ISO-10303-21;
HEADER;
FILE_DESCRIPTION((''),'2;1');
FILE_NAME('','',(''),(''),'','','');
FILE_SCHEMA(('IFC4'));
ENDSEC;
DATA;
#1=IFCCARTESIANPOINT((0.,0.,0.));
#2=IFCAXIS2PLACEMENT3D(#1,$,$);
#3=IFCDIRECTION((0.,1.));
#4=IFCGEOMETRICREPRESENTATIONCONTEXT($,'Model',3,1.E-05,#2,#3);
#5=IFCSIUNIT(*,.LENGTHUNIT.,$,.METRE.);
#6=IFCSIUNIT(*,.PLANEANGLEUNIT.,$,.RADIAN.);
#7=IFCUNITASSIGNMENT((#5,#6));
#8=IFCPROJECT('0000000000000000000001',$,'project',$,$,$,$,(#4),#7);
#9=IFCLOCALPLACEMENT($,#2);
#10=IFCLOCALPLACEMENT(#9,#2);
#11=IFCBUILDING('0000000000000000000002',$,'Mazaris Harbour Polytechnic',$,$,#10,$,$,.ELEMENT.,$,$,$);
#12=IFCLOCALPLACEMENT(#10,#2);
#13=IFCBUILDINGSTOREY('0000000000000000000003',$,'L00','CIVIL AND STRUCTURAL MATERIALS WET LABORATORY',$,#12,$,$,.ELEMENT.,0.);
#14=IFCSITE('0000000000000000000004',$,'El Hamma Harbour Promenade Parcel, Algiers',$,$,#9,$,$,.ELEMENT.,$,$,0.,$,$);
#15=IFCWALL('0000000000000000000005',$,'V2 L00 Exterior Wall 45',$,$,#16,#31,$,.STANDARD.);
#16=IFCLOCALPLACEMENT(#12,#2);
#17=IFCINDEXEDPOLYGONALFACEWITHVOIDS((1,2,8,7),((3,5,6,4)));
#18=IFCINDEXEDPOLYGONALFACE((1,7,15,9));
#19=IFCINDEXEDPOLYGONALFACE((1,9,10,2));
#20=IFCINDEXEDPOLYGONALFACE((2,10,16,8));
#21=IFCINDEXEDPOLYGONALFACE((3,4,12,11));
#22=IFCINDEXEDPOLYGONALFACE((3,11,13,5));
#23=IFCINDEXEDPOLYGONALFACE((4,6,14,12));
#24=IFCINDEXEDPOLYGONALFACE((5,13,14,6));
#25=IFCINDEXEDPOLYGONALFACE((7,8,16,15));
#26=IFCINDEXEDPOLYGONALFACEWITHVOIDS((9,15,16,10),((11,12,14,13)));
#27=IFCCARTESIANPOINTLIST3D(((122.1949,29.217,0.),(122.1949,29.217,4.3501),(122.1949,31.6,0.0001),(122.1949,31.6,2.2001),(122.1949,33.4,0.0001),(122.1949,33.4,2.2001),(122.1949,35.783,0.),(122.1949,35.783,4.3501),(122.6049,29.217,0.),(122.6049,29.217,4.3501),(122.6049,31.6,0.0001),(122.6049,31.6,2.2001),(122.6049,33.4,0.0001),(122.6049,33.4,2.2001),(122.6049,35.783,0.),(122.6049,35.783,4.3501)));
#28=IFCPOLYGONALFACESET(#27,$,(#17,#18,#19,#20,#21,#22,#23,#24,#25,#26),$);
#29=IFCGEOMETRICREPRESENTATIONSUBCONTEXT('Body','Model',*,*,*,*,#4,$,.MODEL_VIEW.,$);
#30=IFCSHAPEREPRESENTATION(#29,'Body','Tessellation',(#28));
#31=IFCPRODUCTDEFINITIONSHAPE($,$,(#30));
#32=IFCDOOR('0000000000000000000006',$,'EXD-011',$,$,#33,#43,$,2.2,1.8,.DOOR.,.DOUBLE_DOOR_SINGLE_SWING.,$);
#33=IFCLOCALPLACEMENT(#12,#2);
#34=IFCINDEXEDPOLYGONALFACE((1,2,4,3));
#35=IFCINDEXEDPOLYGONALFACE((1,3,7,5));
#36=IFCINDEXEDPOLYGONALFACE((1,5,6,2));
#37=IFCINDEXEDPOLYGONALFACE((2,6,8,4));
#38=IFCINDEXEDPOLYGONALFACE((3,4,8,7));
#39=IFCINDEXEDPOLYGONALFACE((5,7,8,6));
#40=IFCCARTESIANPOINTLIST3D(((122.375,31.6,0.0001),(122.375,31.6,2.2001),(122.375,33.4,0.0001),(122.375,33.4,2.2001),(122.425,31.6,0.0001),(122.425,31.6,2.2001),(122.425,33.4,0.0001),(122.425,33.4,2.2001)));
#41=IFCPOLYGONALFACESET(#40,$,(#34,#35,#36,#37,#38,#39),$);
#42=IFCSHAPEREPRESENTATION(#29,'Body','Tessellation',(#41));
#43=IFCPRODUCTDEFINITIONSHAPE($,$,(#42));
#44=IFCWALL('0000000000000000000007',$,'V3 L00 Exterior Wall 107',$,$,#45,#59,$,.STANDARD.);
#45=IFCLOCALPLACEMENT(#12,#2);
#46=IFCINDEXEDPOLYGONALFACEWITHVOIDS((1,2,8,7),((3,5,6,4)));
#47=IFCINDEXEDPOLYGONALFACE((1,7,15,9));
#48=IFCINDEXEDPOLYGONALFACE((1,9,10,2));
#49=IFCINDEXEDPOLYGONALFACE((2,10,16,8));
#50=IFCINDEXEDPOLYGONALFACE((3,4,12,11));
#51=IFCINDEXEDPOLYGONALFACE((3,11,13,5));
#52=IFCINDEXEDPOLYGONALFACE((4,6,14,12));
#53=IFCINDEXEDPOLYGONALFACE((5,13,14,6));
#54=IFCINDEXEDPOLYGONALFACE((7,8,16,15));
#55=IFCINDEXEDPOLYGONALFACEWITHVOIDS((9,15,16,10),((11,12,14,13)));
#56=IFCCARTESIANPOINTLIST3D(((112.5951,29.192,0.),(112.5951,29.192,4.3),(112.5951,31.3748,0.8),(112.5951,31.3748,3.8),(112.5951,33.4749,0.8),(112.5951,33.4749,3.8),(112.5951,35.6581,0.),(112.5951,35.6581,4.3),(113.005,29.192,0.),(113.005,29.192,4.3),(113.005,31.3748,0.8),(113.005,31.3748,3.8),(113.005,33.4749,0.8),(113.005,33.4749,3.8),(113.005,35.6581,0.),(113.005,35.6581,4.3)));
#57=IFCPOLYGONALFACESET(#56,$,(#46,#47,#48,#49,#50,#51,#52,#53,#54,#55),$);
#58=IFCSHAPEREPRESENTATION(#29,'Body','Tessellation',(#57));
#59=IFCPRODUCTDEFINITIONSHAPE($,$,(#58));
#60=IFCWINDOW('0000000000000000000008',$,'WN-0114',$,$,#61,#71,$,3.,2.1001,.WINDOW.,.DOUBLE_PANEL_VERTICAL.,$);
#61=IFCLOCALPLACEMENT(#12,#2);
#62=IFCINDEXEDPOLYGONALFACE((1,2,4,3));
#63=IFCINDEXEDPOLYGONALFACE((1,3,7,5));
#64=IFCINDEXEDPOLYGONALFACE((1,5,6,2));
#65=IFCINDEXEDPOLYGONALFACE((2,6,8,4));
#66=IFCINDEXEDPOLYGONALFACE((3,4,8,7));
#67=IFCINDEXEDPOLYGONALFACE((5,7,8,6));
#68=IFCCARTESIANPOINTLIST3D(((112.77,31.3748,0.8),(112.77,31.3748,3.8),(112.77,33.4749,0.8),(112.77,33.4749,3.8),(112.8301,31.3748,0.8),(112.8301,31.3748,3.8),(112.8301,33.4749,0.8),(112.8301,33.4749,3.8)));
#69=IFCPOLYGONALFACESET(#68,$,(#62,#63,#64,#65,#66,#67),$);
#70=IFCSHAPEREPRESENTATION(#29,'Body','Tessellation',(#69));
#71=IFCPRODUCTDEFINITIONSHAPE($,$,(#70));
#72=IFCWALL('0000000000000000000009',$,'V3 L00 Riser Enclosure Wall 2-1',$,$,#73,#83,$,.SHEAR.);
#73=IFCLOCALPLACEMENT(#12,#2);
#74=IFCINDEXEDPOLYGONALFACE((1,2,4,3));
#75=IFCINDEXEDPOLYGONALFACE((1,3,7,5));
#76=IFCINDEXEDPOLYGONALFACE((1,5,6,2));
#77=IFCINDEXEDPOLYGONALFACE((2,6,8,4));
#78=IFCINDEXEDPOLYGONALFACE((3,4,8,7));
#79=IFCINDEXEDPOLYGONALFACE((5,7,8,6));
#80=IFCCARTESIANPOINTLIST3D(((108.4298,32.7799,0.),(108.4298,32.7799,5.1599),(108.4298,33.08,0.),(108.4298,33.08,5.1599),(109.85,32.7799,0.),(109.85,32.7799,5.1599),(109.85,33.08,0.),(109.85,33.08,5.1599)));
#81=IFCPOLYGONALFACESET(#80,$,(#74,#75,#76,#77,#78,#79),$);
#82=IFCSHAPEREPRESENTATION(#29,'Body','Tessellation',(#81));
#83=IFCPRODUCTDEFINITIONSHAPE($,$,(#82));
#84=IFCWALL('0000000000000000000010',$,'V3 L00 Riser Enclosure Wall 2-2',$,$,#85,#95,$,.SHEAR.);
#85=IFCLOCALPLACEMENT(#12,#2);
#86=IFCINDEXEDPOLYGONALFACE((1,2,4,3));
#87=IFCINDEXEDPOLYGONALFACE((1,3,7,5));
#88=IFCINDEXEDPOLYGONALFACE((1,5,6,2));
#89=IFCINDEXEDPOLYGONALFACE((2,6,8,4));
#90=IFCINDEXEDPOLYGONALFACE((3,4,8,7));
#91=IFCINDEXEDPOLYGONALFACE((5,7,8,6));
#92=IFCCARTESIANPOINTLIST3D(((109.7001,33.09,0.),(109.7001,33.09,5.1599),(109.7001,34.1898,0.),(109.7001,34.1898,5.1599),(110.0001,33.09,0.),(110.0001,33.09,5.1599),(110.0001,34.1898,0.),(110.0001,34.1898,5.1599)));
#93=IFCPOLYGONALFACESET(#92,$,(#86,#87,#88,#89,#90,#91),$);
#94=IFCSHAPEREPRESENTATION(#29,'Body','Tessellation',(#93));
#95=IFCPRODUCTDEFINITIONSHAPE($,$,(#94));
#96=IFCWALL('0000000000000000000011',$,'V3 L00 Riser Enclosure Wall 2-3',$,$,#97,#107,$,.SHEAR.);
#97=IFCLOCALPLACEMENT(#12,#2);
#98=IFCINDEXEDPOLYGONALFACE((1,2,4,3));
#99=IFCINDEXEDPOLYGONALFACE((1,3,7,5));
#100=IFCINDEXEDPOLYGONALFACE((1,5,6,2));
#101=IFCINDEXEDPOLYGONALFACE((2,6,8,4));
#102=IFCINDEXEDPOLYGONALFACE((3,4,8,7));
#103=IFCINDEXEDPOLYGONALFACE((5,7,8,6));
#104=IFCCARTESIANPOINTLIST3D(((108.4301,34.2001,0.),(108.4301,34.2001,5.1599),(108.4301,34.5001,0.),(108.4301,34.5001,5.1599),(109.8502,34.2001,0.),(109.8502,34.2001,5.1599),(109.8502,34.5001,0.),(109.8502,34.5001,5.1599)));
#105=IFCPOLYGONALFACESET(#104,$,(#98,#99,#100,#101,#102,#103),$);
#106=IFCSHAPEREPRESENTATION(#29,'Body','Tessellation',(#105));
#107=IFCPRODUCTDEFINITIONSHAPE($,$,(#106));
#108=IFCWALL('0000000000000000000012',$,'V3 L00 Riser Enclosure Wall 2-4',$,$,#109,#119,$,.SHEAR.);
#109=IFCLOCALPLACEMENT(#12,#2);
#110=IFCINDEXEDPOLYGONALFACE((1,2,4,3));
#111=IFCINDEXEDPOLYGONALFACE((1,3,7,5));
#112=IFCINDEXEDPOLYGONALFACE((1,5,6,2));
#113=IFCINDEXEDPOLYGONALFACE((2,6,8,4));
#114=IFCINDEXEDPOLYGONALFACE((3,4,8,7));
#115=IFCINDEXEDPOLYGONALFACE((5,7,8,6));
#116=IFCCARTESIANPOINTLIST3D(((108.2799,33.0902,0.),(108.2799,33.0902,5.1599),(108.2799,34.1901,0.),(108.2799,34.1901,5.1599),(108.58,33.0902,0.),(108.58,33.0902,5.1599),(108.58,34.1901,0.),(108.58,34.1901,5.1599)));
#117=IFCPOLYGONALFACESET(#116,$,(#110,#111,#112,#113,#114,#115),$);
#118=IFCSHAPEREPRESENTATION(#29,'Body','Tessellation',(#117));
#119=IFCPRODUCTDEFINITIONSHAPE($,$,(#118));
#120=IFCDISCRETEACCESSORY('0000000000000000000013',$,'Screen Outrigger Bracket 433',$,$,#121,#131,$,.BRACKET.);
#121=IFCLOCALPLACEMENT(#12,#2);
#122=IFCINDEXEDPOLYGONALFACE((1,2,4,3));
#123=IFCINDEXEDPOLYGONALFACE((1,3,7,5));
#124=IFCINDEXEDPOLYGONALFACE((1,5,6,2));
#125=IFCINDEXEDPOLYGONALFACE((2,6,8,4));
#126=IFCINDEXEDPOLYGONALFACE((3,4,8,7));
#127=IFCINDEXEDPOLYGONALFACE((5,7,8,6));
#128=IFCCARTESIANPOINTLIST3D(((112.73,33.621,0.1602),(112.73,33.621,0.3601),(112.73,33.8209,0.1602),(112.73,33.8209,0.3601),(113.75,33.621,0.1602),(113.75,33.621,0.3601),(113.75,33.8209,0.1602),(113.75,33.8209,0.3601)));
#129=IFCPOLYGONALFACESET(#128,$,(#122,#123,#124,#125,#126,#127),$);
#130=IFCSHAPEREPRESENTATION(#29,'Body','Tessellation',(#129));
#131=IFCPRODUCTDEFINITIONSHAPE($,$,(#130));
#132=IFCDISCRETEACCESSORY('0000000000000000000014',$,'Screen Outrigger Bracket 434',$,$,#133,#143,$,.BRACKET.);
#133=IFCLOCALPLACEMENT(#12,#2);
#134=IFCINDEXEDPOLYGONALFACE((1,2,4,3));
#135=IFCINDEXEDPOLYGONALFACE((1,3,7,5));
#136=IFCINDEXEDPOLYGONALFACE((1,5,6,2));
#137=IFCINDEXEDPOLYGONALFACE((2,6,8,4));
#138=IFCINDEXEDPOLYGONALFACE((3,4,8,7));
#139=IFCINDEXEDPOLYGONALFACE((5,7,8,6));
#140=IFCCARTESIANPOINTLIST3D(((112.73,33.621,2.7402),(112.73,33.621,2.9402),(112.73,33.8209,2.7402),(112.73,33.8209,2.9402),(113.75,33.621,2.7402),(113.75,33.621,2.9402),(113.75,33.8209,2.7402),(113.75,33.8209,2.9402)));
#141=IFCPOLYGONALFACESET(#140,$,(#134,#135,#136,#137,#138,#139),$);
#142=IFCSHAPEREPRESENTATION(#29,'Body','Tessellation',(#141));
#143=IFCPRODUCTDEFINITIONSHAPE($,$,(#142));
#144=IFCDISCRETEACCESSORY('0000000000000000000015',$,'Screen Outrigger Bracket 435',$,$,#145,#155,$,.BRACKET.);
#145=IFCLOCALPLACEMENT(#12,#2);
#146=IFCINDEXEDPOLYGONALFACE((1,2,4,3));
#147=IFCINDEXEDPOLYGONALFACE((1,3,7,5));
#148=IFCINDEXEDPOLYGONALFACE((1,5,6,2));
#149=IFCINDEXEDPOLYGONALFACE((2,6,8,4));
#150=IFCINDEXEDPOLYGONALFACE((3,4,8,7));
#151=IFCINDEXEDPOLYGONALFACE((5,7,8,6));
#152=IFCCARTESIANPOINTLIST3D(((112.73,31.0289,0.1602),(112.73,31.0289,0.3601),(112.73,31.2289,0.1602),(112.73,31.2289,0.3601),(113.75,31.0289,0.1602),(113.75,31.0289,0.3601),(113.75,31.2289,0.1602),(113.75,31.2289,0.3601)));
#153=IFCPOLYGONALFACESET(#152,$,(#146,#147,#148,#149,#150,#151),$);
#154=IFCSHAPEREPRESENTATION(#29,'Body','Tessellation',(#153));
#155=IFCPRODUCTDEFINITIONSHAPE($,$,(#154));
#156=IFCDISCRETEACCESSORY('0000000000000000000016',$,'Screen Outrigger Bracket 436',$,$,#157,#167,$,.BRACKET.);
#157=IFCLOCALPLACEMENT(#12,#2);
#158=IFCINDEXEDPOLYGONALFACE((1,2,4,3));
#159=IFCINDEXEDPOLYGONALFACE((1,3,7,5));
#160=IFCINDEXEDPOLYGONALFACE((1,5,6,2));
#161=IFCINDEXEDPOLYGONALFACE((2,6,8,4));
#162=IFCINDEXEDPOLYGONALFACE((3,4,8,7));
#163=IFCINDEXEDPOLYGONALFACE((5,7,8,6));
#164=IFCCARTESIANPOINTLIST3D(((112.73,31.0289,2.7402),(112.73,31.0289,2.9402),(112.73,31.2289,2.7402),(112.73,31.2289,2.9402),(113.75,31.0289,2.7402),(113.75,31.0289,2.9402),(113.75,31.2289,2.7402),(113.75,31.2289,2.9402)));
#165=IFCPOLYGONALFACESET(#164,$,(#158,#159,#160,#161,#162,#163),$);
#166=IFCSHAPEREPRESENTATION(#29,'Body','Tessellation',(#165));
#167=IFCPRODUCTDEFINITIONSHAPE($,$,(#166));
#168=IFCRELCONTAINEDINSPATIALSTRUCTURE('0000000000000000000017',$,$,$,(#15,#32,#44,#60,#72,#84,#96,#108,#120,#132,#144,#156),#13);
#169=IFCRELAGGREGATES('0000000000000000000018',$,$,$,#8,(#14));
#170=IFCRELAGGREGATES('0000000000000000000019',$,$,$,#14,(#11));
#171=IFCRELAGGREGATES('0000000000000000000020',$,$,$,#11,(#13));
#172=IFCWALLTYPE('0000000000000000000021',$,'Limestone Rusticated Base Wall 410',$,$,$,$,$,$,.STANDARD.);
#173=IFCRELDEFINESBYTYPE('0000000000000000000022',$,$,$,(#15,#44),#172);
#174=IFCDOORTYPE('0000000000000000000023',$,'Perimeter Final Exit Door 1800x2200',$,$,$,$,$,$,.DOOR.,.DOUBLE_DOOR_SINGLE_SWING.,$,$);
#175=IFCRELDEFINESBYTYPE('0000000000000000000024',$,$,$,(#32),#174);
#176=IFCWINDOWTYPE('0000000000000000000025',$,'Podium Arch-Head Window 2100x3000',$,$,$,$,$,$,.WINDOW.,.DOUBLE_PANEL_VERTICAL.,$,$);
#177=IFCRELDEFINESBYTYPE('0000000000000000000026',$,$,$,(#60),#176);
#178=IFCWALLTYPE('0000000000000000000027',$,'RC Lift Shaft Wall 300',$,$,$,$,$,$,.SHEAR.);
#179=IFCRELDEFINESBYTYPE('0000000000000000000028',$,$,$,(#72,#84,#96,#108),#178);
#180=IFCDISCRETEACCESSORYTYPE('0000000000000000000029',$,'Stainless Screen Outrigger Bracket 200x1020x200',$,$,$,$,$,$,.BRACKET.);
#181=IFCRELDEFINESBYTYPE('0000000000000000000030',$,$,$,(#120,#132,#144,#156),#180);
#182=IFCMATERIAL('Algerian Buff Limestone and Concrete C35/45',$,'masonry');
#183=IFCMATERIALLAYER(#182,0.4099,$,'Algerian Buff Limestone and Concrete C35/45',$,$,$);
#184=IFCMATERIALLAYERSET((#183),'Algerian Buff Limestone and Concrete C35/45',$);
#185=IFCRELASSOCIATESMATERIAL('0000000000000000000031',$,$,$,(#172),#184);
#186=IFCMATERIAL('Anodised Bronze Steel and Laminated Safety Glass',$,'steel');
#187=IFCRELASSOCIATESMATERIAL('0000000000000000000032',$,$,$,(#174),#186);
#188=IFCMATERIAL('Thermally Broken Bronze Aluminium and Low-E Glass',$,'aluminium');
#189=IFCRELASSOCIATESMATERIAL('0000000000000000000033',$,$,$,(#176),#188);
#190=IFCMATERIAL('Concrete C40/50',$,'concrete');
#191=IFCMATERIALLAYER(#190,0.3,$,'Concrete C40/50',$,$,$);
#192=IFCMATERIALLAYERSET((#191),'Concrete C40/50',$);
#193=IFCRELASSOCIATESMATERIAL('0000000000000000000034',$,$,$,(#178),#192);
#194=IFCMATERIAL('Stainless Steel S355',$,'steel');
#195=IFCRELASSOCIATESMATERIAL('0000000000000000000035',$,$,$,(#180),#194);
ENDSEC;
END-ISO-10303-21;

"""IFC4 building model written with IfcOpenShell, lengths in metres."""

from ifc_helpers import new_model, si_unit, direction, frame, frame_2d, origin, origin_2d, place, context, subcontext, project, spatial, rectangle, extrude, material, layer, layer_set, type_object, element, fill, save


model = new_model("IFC4")

# Units and contexts
model_context = context("Model", 3, precision=1e-05, world=origin(), true_north=direction((0.0, 1.0)))
body_context = subcontext(model_context, "Body", "Model", "MODEL_VIEW")
ifc_project = project(units=[si_unit("LENGTHUNIT", "METRE"), si_unit("PLANEANGLEUNIT", "RADIAN")], contexts=[model_context])

# Site, building, storey
site_placement = place(None, origin())
site = spatial("IfcSite", under=ifc_project, at=site_placement, Name="El Hamma Harbour Promenade Parcel, Algiers", CompositionType="ELEMENT", RefElevation=0.0)
building_placement = place(site_placement, origin())
building = spatial("IfcBuilding", under=site, at=building_placement, Name="Mazaris Harbour Polytechnic", CompositionType="ELEMENT")
storey_placement = place(building_placement, origin())
storey = spatial("IfcBuildingStorey", under=building, at=storey_placement, Name="L00", Description="CIVIL AND STRUCTURAL MATERIALS WET LABORATORY", CompositionType="ELEMENT", Elevation=0.0)

# Wall, opening, door
ifc_material_1 = material(Name="Algerian Buff Limestone and Concrete C35/45", Category="masonry")
ifc_layer_1 = layer(ifc_material_1, 0.4099, Name="Algerian Buff Limestone and Concrete C35/45")
ifc_layer_set_1 = layer_set([ifc_layer_1], Name="Algerian Buff Limestone and Concrete C35/45")
wall_type_1 = type_object("IfcWallType", Name="Limestone Rusticated Base Wall 410", PredefinedType="STANDARD", material=ifc_layer_set_1)
wall_1_placement = place(storey_placement, frame((122.3999, 29.217, 0.0), z_axis=(0.0, 0.0, 1.0), x_axis=(0.0, 1.0, 0.0)))
wall_1 = element("IfcWall", 1, at=wall_1_placement, inside=storey, type_object=wall_type_1, Name="V2 L00 Exterior Wall 45", PredefinedType="STANDARD", context=body_context, shape_type="SweptSolid", body=[
    extrude(rectangle(XDim=6.5659, YDim=0.4099, at=frame_2d((3.283, 0.0))), origin(), (0.0, 0.0, 1.0), 4.3501),
])
opening_1_placement = place(wall_1_placement, frame((2.3831, 0.0, 0.0)))
opening_1 = element("IfcOpeningElement", 2, at=opening_1_placement, cuts=wall_1, PredefinedType="OPENING", context=body_context, shape_type="SweptSolid", body=[
    extrude(rectangle(XDim=1.8, YDim=2.2, at=frame_2d((0.8999, 1.1001))), frame((0.0, 0.2148, 0.0), z_axis=(0.0, -1.0, 0.0), x_axis=(1.0, 0.0, 0.0)), (0.0, 0.0, 1.0), 0.4299),
])
ifc_material_2 = material(Name="Anodised Bronze Steel and Laminated Safety Glass", Category="steel")
door_type = type_object("IfcDoorType", Name="Perimeter Final Exit Door 1800x2200", OperationType="DOUBLE_DOOR_SINGLE_SWING", PredefinedType="DOOR", material=ifc_material_2)
door_placement = place(opening_1_placement, origin())
door = element("IfcDoor", 3, at=door_placement, inside=storey, type_object=door_type, Name="EXD-011", OperationType="DOUBLE_DOOR_SINGLE_SWING", OverallHeight=2.2, OverallWidth=1.8, PredefinedType="DOOR", context=body_context, shape_type="SweptSolid", body=[
    extrude(rectangle(XDim=1.8, YDim=2.2, at=frame_2d((0.8999, 1.1001))), frame((0.0, 0.0249, 0.0), z_axis=(0.0, -1.0, 0.0), x_axis=(1.0, 0.0, 0.0)), (0.0, 0.0, 1.0), 0.05),
])
fill(opening_1, door)

# Wall, opening, window
wall_2_placement = place(storey_placement, frame((112.8, 35.658, 0.0), z_axis=(0.0, 0.0, 1.0), x_axis=(0.0, -1.0, 0.0)))
wall_2 = element("IfcWall", 4, at=wall_2_placement, inside=storey, type_object=wall_type_1, Name="V3 L00 Exterior Wall 107", PredefinedType="STANDARD", context=body_context, shape_type="SweptSolid", body=[
    extrude(rectangle(XDim=6.4661, YDim=0.4099, at=frame_2d((3.2329, 0.0))), origin(), (0.0, 0.0, 1.0), 4.3),
])
opening_2_placement = place(wall_2_placement, frame((2.1831, 0.0, 0.8)))
opening_2 = element("IfcOpeningElement", 5, at=opening_2_placement, cuts=wall_2, PredefinedType="OPENING", context=body_context, shape_type="SweptSolid", body=[
    extrude(rectangle(XDim=2.1001, YDim=3.0, at=frame_2d((1.05, 1.5))), frame((0.0, 0.2148, 0.0), z_axis=(0.0, -1.0, 0.0), x_axis=(1.0, 0.0, 0.0)), (0.0, 0.0, 1.0), 0.4299),
])
ifc_material_3 = material(Name="Thermally Broken Bronze Aluminium and Low-E Glass", Category="aluminium")
window_type = type_object("IfcWindowType", Name="Podium Arch-Head Window 2100x3000", PartitioningType="DOUBLE_PANEL_VERTICAL", PredefinedType="WINDOW", material=ifc_material_3)
window_placement = place(opening_2_placement, origin())
window = element("IfcWindow", 6, at=window_placement, inside=storey, type_object=window_type, Name="WN-0114", OverallHeight=3.0, OverallWidth=2.1001, PartitioningType="DOUBLE_PANEL_VERTICAL", PredefinedType="WINDOW", context=body_context, shape_type="SweptSolid", body=[
    extrude(rectangle(XDim=2.1001, YDim=3.0, at=frame_2d((1.05, 1.5))), frame((0.0, 0.03, 0.0), z_axis=(0.0, -1.0, 0.0), x_axis=(1.0, 0.0, 0.0)), (0.0, 0.0, 1.0), 0.0601),
])
fill(opening_2, window)

# Walls
ifc_material_4 = material(Name="Concrete C40/50", Category="concrete")
ifc_layer_2 = layer(ifc_material_4, 0.3, Name="Concrete C40/50")
ifc_layer_set_2 = layer_set([ifc_layer_2], Name="Concrete C40/50")
wall_type_2 = type_object("IfcWallType", Name="RC Lift Shaft Wall 300", PredefinedType="SHEAR", material=ifc_layer_set_2)
wall_3_placement = place(storey_placement, frame((108.4299, 32.9299, 0.0), z_axis=(0.0, 0.0, 1.0), x_axis=(1.0, 0.0, 0.0)))
element("IfcWall", 7, at=wall_3_placement, inside=storey, type_object=wall_type_2, Name="V3 L00 Riser Enclosure Wall 2-1", PredefinedType="SHEAR", context=body_context, shape_type="SweptSolid", body=[
    extrude(rectangle(XDim=1.4202, YDim=0.3, at=frame_2d((0.71, 0.0))), origin(), (0.0, 0.0, 1.0), 5.1599),
])
wall_4_placement = place(storey_placement, frame((109.8501, 33.0901, 0.0), z_axis=(0.0, 0.0, 1.0), x_axis=(0.0, 1.0, 0.0)))
element("IfcWall", 8, at=wall_4_placement, inside=storey, type_object=wall_type_2, Name="V3 L00 Riser Enclosure Wall 2-2", PredefinedType="SHEAR", context=body_context, shape_type="SweptSolid", body=[
    extrude(rectangle(XDim=1.0999, YDim=0.3, at=frame_2d((0.5498, 0.0))), origin(), (0.0, 0.0, 1.0), 5.1599),
])
wall_5_placement = place(storey_placement, frame((109.8501, 34.3501, 0.0), z_axis=(0.0, 0.0, 1.0), x_axis=(-1.0, 0.0, 0.0)))
element("IfcWall", 9, at=wall_5_placement, inside=storey, type_object=wall_type_2, Name="V3 L00 Riser Enclosure Wall 2-3", PredefinedType="SHEAR", context=body_context, shape_type="SweptSolid", body=[
    extrude(rectangle(XDim=1.4202, YDim=0.3, at=frame_2d((0.71, 0.0))), origin(), (0.0, 0.0, 1.0), 5.1599),
])
wall_6_placement = place(storey_placement, frame((108.4299, 34.1899, 0.0), z_axis=(0.0, 0.0, 1.0), x_axis=(0.0, -1.0, 0.0)))
element("IfcWall", 10, at=wall_6_placement, inside=storey, type_object=wall_type_2, Name="V3 L00 Riser Enclosure Wall 2-4", PredefinedType="SHEAR", context=body_context, shape_type="SweptSolid", body=[
    extrude(rectangle(XDim=1.0999, YDim=0.3, at=frame_2d((0.5498, 0.0))), origin(), (0.0, 0.0, 1.0), 5.1599),
])

# Discrete accessories
ifc_material_5 = material(Name="Stainless Steel S355", Category="steel")
discrete_accessory_type = type_object("IfcDiscreteAccessoryType", Name="Stainless Screen Outrigger Bracket 200x1020x200", PredefinedType="BRACKET", material=ifc_material_5)
for number, where, z_axis, x_axis, name in (
    (11, (113.24, 33.7209, 0.1602), (0.0, 0.0, 1.0), (0.0, -1.0, 0.0), "Screen Outrigger Bracket 433"),
    (12, (113.24, 33.7209, 2.7402), (0.0, 0.0, 1.0), (0.0, -1.0, 0.0), "Screen Outrigger Bracket 434"),
    (13, (113.24, 31.1289, 0.1602), (0.0, 0.0, 1.0), (0.0, -1.0, 0.0), "Screen Outrigger Bracket 435"),
    (14, (113.24, 31.1289, 2.7402), (0.0, 0.0, 1.0), (0.0, -1.0, 0.0), "Screen Outrigger Bracket 436"),
):
    element("IfcDiscreteAccessory", number, at=place(storey_placement, frame(where, z_axis=z_axis, x_axis=x_axis)), inside=storey, type_object=discrete_accessory_type, Name=name, PredefinedType="BRACKET", context=body_context, shape_type="SweptSolid", body=[
        extrude(rectangle(XDim=0.2, YDim=1.02, at=origin_2d()), origin(), (0.0, 0.0, 1.0), 0.2),
    ])

save(model, "model.ifc")
